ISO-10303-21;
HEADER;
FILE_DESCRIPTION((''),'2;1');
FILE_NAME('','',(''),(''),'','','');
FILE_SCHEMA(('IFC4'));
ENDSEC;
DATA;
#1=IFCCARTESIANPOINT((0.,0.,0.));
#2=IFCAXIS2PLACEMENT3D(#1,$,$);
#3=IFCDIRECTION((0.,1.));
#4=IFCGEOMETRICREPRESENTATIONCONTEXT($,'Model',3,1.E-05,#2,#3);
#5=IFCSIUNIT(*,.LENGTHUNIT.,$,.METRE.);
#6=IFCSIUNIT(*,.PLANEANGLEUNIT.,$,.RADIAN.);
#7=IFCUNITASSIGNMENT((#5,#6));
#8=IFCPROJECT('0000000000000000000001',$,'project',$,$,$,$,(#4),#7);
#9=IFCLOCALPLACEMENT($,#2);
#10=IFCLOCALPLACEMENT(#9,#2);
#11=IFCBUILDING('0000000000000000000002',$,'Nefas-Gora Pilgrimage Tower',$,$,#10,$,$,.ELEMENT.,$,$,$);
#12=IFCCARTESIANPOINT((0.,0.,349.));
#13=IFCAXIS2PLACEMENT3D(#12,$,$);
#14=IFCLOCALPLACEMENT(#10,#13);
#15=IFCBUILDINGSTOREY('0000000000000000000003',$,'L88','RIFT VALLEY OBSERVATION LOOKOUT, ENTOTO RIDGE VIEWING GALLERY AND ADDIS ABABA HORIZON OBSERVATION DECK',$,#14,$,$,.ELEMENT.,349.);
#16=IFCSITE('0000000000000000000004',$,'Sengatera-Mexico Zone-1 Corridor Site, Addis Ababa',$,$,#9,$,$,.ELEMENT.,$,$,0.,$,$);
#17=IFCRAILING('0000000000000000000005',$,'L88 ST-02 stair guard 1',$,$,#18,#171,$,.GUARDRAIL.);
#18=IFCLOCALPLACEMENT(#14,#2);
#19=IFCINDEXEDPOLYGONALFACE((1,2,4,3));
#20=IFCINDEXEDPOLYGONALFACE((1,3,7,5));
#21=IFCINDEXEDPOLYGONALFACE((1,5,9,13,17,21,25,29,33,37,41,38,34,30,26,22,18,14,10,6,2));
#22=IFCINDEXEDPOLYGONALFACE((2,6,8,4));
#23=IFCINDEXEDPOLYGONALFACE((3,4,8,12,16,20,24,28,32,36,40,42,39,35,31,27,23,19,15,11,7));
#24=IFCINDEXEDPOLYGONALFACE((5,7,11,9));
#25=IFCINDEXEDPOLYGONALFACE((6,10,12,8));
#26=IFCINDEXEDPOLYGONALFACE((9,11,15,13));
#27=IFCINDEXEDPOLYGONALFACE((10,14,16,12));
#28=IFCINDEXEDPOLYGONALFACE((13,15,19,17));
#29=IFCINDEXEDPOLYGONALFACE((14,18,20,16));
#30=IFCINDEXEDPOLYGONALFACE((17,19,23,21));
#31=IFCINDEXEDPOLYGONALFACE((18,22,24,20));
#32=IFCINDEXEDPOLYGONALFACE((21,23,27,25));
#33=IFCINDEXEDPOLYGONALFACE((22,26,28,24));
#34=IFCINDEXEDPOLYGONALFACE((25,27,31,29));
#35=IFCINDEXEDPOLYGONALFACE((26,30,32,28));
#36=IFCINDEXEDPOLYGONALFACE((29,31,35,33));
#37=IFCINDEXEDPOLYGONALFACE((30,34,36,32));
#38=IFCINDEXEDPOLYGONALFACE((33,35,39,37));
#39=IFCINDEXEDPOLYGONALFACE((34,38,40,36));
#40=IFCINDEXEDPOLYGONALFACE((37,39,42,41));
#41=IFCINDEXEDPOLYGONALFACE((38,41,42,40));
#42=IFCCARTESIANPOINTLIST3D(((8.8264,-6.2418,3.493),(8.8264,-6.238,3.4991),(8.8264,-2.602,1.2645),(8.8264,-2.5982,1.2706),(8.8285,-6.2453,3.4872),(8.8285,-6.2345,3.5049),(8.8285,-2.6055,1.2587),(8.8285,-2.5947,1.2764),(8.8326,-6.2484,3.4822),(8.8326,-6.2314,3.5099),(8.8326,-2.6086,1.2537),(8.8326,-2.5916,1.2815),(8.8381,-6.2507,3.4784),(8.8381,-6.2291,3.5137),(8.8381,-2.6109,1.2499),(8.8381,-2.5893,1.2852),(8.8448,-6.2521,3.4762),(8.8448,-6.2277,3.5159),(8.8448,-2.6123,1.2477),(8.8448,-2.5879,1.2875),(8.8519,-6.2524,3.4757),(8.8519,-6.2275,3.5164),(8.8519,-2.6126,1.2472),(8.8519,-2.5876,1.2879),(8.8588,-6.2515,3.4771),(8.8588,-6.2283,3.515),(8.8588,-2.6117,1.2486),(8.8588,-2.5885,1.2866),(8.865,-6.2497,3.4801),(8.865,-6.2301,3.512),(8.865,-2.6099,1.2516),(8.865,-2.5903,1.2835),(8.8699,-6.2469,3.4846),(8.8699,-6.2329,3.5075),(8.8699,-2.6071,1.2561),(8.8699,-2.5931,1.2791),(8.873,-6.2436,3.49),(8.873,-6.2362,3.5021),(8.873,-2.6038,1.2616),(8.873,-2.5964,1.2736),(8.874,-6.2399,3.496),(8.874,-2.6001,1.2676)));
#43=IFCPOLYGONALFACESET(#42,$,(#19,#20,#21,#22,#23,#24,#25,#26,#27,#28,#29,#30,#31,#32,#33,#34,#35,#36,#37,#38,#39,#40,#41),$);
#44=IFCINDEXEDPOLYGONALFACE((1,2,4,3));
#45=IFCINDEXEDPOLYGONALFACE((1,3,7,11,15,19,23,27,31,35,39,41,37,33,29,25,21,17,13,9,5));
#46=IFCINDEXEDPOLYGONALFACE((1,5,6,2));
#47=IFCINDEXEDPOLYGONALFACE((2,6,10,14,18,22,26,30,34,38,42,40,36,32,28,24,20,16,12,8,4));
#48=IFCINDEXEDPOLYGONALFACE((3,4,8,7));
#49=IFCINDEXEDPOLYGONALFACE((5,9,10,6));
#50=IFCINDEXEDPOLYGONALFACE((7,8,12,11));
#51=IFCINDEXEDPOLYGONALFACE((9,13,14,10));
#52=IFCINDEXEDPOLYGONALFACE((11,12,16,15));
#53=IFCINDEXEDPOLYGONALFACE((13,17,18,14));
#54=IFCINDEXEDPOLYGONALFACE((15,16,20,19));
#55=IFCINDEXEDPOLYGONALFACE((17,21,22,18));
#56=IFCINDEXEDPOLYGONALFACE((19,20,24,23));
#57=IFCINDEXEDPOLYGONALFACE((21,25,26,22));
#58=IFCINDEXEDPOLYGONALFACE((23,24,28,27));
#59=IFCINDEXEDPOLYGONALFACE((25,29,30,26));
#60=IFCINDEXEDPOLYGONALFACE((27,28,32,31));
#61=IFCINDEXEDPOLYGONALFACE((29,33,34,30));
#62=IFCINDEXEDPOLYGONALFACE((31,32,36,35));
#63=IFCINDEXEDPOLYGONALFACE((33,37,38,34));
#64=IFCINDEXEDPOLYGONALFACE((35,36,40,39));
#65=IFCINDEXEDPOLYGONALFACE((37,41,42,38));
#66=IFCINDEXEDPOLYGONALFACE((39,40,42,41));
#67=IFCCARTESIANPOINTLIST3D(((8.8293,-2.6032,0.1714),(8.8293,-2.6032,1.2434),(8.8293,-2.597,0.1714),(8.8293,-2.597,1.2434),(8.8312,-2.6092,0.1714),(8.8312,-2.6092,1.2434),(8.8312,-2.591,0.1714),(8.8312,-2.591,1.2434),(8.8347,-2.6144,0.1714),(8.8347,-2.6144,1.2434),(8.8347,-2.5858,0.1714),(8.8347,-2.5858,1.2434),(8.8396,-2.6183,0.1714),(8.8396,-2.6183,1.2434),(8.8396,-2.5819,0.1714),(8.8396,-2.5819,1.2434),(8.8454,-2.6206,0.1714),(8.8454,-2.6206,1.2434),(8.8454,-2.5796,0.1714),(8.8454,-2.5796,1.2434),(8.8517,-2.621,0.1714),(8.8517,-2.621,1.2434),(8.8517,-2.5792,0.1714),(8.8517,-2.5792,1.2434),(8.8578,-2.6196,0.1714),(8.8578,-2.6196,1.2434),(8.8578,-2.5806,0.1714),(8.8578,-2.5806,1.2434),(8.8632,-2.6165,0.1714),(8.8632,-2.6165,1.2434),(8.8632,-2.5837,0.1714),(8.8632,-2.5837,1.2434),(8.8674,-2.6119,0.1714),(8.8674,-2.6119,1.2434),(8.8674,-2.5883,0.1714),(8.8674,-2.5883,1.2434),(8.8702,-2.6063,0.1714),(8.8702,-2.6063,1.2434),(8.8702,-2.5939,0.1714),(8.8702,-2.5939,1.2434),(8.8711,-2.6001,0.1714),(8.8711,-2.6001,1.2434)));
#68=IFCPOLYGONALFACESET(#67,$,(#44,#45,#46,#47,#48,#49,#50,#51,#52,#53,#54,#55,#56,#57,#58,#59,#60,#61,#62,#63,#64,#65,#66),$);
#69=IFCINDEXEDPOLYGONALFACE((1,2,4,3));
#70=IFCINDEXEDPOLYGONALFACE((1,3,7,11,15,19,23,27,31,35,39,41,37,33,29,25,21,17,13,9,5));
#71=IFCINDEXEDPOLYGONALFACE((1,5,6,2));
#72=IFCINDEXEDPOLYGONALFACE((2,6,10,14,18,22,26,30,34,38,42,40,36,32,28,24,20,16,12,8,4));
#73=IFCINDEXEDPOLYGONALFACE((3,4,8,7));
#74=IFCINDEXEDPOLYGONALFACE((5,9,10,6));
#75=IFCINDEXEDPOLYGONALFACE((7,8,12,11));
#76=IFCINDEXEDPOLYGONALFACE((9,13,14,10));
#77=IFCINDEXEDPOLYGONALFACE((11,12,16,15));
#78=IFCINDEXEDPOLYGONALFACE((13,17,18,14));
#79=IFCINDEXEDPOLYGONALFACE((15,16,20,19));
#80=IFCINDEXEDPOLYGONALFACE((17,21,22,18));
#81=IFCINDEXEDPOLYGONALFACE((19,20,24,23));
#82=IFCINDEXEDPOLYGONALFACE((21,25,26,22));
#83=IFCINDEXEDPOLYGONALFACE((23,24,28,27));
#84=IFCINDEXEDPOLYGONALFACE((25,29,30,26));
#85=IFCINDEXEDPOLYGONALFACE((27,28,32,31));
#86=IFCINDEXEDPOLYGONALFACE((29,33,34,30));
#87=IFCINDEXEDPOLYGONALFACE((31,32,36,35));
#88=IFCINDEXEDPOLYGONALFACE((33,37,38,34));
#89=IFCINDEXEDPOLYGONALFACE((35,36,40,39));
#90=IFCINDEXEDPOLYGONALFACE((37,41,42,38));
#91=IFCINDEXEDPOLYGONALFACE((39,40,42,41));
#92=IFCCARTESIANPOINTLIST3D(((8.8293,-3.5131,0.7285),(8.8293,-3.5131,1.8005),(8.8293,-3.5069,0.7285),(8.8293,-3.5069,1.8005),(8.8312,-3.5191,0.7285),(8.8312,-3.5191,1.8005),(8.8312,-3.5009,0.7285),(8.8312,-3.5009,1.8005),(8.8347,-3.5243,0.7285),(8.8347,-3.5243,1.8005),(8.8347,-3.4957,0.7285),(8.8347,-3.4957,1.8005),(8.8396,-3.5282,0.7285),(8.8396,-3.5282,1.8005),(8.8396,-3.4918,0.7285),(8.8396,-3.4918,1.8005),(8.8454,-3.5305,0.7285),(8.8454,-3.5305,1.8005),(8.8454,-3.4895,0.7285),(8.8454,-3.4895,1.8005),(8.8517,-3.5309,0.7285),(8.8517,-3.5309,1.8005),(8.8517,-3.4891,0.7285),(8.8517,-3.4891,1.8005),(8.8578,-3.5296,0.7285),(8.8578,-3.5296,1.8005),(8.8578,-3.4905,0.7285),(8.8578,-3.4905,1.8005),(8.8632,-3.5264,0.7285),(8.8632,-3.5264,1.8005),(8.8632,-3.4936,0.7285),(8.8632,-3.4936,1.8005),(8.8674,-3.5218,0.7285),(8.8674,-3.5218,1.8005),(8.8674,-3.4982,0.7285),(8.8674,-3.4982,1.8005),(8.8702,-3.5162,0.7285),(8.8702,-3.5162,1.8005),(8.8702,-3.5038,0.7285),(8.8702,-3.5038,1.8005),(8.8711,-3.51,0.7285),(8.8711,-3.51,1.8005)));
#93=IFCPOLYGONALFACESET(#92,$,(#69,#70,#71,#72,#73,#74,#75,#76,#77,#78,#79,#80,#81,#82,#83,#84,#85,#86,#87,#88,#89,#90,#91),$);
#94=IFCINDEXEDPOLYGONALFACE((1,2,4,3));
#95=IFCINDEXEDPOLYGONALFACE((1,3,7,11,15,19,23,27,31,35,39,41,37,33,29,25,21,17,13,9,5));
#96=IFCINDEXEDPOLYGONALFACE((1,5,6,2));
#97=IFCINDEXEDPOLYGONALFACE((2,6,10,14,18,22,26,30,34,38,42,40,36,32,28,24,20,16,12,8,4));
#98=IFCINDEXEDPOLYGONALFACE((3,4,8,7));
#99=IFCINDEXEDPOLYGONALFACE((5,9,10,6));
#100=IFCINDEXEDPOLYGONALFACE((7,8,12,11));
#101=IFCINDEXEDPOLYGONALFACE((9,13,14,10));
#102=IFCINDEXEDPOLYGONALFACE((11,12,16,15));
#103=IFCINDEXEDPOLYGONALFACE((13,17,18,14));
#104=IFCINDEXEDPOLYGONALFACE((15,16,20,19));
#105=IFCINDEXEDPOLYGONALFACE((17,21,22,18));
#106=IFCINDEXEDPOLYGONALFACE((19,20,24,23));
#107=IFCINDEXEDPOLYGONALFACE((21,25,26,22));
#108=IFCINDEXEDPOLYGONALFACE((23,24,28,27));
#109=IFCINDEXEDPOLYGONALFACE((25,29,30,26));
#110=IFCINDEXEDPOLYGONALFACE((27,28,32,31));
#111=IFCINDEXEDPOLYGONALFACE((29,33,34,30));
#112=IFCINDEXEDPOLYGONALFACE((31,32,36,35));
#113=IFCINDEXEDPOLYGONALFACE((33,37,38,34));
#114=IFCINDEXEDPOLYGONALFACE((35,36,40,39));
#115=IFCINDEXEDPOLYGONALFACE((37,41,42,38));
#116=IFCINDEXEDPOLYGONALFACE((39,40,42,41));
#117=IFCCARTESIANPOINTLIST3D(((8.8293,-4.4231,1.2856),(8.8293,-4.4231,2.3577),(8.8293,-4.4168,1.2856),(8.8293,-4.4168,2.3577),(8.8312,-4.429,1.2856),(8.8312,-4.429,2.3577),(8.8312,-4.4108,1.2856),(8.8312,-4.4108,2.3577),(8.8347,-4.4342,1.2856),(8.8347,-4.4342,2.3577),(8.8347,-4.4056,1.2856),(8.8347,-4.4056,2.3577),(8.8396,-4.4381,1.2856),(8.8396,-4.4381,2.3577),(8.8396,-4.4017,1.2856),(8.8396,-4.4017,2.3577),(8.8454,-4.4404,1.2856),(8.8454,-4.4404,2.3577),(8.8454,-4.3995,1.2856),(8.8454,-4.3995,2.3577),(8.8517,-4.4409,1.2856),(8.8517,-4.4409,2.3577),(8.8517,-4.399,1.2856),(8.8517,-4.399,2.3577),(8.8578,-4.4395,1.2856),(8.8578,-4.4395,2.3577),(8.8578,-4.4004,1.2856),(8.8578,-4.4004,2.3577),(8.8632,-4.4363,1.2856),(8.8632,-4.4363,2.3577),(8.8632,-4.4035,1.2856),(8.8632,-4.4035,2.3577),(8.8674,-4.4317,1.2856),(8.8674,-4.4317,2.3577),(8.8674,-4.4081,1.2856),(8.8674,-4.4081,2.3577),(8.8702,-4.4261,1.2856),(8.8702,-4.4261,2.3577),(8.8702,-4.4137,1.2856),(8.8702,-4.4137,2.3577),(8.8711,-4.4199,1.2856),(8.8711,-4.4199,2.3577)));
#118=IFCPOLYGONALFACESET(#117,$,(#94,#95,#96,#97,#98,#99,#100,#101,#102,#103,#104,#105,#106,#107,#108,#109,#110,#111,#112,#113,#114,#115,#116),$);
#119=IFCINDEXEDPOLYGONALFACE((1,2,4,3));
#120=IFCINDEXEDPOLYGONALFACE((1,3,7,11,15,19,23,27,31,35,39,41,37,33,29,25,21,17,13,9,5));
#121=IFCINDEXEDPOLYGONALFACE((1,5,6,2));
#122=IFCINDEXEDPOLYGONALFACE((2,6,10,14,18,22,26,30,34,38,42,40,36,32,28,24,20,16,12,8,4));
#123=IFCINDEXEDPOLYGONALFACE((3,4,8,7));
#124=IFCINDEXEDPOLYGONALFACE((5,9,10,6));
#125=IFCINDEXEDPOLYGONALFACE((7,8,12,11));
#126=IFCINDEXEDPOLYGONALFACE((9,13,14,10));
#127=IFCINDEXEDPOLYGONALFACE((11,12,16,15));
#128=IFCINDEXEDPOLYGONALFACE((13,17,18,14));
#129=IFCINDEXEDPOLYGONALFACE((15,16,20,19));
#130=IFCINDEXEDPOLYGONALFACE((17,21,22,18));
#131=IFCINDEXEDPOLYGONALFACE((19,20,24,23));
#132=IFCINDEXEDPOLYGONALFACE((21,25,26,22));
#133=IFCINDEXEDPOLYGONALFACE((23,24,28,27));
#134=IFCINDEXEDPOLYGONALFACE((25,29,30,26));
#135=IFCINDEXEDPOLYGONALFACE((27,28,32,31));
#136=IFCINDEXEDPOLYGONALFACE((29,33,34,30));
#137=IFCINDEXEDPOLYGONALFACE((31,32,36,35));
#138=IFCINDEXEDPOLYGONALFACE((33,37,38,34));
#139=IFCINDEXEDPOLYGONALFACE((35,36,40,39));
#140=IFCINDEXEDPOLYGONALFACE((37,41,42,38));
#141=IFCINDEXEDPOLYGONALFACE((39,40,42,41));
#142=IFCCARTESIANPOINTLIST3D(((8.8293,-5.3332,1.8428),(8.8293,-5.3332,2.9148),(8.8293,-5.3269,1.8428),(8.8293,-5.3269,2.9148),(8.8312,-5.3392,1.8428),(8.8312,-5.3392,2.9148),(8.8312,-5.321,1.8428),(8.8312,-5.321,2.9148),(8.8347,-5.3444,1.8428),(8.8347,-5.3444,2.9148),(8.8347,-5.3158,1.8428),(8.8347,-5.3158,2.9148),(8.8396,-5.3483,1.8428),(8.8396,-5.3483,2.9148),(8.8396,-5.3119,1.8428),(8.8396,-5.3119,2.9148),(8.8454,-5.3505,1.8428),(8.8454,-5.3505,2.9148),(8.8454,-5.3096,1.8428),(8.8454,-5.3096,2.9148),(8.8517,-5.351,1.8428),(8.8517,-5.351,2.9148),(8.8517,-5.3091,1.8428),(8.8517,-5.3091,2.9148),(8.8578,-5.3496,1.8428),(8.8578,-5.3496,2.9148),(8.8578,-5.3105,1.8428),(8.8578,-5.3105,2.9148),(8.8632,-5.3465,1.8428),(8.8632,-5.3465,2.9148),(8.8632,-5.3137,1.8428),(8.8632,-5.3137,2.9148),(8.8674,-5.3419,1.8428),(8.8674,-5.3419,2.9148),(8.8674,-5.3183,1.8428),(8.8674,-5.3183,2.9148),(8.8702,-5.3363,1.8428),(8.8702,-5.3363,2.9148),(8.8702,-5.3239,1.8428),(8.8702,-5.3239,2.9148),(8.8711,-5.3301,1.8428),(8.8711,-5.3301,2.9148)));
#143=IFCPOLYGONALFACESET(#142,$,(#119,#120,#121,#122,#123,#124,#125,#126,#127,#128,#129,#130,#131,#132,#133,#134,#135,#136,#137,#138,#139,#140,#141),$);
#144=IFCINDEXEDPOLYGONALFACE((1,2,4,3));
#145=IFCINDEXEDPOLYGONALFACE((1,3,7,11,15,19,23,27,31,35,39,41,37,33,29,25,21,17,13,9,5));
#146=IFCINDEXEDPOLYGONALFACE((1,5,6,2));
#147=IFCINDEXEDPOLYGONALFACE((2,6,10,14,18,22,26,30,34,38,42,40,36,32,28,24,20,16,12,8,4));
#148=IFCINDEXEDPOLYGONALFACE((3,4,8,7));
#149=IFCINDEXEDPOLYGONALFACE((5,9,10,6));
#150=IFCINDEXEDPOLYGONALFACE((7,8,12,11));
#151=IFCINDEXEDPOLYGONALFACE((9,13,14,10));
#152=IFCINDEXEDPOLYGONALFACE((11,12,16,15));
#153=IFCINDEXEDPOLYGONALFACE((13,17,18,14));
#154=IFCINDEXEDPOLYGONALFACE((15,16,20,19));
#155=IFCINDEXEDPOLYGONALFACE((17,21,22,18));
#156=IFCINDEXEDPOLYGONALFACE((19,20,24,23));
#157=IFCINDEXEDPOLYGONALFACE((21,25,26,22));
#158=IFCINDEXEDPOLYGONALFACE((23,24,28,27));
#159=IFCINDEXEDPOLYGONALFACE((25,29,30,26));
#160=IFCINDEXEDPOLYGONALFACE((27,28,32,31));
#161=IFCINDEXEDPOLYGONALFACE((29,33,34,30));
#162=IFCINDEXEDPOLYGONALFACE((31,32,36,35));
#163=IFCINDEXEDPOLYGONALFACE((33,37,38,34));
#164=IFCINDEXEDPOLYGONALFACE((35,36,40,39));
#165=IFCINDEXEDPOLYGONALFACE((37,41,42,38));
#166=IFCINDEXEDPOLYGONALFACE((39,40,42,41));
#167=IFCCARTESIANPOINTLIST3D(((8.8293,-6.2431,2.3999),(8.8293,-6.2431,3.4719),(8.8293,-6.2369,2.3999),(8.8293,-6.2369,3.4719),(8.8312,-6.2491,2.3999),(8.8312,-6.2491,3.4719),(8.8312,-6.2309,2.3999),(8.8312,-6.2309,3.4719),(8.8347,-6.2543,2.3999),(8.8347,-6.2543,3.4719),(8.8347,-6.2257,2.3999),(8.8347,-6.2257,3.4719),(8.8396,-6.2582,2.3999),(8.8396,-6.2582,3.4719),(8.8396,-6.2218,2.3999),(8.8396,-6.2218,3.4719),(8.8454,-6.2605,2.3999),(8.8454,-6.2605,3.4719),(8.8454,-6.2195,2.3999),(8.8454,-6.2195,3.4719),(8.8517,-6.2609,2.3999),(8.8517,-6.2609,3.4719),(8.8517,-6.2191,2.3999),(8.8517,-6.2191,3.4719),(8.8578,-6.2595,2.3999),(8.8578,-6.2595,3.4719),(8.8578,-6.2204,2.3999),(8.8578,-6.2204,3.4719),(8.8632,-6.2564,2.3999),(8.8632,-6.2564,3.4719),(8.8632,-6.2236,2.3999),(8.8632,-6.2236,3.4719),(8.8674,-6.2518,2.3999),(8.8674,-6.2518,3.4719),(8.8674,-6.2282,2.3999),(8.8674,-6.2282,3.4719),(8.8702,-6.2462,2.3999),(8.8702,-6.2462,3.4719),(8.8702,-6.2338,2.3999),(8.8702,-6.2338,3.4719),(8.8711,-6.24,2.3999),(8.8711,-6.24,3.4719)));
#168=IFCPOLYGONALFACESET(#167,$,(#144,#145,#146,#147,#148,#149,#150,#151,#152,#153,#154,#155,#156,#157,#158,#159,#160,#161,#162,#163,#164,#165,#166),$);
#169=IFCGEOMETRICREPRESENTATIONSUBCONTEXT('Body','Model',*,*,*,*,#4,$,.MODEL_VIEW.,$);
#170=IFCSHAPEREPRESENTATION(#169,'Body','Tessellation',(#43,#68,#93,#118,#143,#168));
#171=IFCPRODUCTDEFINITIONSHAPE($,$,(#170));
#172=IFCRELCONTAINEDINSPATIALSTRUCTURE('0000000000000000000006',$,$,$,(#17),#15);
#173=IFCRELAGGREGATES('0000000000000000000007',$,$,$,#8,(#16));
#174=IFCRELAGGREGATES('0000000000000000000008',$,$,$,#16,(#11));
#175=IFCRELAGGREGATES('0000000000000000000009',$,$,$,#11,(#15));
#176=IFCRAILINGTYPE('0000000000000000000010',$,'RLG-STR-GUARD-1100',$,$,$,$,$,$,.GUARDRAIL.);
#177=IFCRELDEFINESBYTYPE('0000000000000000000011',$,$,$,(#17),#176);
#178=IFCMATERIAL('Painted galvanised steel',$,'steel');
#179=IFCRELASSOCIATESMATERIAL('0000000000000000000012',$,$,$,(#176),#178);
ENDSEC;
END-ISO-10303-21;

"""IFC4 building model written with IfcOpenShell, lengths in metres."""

from ifc_helpers import new_model, si_unit, direction, frame, origin, origin_2d, place, context, subcontext, project, spatial, circle, extrude, material, type_object, element, save


model = new_model("IFC4")

# Units and contexts
model_context = context("Model", 3, precision=1e-05, world=origin(), true_north=direction((0.0, 1.0)))
body_context = subcontext(model_context, "Body", "Model", "MODEL_VIEW")
ifc_project = project(units=[si_unit("LENGTHUNIT", "METRE"), si_unit("PLANEANGLEUNIT", "RADIAN")], contexts=[model_context])

# Site, building, storey
site_placement = place(None, origin())
site = spatial("IfcSite", under=ifc_project, at=site_placement, Name="Sengatera-Mexico Zone-1 Corridor Site, Addis Ababa", CompositionType="ELEMENT", RefElevation=0.0)
building_placement = place(site_placement, origin())
building = spatial("IfcBuilding", under=site, at=building_placement, Name="Nefas-Gora Pilgrimage Tower", CompositionType="ELEMENT")
storey_placement = place(building_placement, frame((0.0, 0.0, 349.0)))
storey = spatial("IfcBuildingStorey", under=building, at=storey_placement, Name="L88", Description="RIFT VALLEY OBSERVATION LOOKOUT, ENTOTO RIDGE VIEWING GALLERY AND ADDIS ABABA HORIZON OBSERVATION DECK", CompositionType="ELEMENT", Elevation=349.0)

# Railing
ifc_material_1 = material(Name="Painted galvanised steel", Category="steel")
railing_type_1 = type_object("IfcRailingType", Name="RLG-STR-GUARD-1100", PredefinedType="GUARDRAIL", material=ifc_material_1)
railing_1_placement = place(storey_placement, frame((8.8501, -2.6001, 0.1714)))
element("IfcRailing", 1, at=railing_1_placement, inside=storey, type_object=railing_type_1, Name="L88 ST-02 stair guard 1", PredefinedType="GUARDRAIL", context=body_context, shape_type="SweptSolid", body=[
    extrude(circle(Radius=0.0239, at=origin_2d()), frame((0.0, 0.0, 1.0962), z_axis=(0.0, -0.85285, 0.522156), x_axis=(1.0, 0.0, 0.0)), (0.0, 0.0, 1.0), 4.2678),
    extrude(circle(Radius=0.021, at=origin_2d()), origin(), (0.0, 0.0, 1.0), 1.072),
    extrude(circle(Radius=0.021, at=origin_2d()), frame((0.0, -0.9099, 0.5571)), (0.0, 0.0, 1.0), 1.072),
    extrude(circle(Radius=0.021, at=origin_2d()), frame((0.0, -1.8198, 1.1143)), (0.0, 0.0, 1.0), 1.072),
    extrude(circle(Radius=0.021, at=origin_2d()), frame((0.0, -2.73, 1.6714)), (0.0, 0.0, 1.0), 1.072),
    extrude(circle(Radius=0.021, at=origin_2d()), frame((0.0, -3.6399, 2.2285)), (0.0, 0.0, 1.0), 1.072),
])

save(model, "model.ifc")
